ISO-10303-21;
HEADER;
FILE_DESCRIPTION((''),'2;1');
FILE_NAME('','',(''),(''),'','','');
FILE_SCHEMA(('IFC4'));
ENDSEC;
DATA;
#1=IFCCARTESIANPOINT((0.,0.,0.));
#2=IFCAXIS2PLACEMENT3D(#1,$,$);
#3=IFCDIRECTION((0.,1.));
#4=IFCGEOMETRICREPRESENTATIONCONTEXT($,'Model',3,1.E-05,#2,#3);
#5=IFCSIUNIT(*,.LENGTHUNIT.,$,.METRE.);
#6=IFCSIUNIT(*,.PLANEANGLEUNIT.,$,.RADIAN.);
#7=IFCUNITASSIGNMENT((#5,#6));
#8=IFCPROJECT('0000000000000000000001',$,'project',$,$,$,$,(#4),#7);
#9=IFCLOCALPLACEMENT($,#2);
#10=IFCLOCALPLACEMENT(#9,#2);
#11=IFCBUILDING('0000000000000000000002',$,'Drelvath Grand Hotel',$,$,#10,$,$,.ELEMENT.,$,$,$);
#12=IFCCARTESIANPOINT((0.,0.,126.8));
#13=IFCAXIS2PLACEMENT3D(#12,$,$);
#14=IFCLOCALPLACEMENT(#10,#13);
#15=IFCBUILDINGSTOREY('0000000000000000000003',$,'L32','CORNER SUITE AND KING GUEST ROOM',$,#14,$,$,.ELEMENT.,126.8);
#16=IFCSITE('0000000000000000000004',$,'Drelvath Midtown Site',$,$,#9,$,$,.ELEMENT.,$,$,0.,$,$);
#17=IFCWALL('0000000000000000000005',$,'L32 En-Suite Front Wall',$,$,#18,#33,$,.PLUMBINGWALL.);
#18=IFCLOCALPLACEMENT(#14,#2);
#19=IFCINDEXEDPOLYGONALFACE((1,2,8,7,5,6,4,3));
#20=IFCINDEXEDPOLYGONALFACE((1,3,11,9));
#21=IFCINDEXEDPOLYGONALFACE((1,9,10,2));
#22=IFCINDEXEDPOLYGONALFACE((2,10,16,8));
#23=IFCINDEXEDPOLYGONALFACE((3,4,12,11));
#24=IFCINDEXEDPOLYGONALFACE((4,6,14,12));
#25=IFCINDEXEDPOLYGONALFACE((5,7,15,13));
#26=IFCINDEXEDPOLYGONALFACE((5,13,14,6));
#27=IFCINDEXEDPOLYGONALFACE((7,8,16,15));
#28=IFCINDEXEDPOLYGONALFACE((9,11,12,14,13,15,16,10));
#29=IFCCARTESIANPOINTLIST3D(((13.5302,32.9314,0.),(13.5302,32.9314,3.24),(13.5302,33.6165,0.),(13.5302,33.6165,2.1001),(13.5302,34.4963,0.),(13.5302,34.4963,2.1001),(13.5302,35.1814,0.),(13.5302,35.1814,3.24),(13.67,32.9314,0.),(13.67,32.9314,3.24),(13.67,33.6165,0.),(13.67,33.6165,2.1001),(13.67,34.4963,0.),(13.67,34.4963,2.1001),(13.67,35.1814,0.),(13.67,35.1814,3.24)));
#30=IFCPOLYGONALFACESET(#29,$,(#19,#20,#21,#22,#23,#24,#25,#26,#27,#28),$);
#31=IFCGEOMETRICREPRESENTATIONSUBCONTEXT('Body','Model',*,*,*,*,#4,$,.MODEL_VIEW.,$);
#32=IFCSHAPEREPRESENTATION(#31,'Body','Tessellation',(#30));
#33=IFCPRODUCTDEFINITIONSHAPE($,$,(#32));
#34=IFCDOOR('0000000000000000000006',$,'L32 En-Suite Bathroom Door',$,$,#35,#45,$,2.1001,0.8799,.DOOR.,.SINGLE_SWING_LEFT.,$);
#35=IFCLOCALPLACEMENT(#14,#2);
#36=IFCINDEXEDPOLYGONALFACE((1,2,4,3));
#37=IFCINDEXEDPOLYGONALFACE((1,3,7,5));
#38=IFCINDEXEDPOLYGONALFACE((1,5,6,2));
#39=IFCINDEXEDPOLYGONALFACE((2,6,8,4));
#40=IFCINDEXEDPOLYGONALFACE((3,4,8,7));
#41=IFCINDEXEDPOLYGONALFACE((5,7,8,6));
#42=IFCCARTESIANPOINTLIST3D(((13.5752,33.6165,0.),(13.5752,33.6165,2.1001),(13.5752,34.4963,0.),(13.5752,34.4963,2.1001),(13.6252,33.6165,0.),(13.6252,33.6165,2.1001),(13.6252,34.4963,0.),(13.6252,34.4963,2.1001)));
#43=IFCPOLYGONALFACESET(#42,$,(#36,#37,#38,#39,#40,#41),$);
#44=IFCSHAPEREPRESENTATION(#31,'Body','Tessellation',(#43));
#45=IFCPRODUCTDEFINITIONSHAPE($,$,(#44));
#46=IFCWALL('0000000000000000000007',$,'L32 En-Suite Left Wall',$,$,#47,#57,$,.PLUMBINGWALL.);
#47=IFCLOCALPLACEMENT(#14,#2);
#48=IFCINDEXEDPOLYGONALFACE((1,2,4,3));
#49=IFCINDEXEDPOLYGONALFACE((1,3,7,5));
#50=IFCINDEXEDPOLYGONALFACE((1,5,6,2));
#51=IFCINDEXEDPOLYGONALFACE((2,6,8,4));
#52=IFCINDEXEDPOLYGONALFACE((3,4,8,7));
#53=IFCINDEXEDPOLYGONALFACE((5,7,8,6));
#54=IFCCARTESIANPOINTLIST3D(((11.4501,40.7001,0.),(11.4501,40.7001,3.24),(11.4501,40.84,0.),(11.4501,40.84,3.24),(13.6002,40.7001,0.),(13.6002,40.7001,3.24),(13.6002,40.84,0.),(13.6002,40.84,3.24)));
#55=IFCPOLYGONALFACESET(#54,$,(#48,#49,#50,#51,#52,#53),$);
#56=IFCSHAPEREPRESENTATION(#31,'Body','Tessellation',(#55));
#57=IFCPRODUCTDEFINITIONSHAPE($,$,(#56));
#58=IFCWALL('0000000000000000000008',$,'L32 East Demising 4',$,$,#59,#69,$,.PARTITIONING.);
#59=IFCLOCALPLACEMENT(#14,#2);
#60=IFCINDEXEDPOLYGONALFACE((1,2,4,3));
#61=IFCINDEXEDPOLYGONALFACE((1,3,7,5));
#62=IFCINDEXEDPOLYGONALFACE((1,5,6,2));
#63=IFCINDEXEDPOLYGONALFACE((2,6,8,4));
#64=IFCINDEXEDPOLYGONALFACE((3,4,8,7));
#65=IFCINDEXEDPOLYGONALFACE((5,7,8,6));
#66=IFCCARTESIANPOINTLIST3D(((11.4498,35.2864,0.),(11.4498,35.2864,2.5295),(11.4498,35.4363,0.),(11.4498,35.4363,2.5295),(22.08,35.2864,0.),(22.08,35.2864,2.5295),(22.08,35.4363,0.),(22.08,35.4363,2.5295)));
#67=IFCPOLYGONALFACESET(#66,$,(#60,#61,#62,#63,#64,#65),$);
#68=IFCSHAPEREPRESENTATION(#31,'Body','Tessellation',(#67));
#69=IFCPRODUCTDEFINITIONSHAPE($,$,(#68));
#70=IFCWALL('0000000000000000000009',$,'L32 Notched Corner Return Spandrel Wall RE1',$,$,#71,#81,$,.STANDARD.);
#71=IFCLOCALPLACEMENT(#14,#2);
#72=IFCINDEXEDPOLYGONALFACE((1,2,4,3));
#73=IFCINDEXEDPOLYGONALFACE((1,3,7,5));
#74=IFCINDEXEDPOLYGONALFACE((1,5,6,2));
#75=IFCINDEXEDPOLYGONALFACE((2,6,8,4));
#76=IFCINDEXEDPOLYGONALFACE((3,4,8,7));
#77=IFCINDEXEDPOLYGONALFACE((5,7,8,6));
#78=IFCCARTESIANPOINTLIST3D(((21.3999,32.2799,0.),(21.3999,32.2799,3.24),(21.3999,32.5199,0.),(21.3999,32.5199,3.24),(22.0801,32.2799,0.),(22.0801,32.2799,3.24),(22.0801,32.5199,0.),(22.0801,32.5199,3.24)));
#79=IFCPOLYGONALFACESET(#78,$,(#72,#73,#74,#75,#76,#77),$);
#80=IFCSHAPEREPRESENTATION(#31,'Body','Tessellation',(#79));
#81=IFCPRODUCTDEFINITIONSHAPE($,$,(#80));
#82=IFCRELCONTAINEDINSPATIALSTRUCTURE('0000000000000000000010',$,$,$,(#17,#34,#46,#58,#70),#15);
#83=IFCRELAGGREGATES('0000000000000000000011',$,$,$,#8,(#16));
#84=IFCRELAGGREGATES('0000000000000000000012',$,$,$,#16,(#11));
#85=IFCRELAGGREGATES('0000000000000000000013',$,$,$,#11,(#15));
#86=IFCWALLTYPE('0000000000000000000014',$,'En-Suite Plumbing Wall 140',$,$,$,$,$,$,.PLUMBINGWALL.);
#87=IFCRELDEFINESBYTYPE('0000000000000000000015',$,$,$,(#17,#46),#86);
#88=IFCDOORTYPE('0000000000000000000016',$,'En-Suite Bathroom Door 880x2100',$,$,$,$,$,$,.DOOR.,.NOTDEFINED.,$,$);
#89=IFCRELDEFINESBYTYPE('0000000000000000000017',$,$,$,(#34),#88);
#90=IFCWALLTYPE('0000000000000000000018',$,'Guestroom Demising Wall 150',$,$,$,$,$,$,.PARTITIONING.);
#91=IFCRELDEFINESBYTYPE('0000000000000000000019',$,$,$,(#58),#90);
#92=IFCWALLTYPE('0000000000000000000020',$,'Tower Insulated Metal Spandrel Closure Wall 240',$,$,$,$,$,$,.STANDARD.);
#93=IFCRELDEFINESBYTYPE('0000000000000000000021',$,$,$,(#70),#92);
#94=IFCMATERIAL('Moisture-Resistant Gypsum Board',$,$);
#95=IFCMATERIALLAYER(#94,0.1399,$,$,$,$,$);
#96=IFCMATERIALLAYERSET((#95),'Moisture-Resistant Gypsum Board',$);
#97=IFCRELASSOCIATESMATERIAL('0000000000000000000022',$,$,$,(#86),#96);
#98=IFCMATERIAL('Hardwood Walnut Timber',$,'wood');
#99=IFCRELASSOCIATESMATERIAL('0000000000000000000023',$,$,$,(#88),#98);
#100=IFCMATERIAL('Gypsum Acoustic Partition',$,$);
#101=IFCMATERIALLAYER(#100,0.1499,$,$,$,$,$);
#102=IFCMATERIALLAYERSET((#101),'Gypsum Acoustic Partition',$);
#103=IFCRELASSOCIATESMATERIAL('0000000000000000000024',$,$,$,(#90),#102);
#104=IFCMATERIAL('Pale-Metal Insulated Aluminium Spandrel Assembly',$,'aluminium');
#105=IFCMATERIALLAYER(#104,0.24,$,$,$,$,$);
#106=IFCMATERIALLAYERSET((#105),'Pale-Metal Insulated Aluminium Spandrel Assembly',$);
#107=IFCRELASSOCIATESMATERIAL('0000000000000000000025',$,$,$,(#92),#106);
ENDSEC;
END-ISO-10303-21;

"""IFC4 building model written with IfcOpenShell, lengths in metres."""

from ifc_helpers import new_model, si_unit, direction, frame, frame_2d, origin, place, context, subcontext, project, spatial, rectangle, extrude, material, layer, layer_set, type_object, element, fill, save


model = new_model("IFC4")

# Units and contexts
model_context = context("Model", 3, precision=1e-05, world=origin(), true_north=direction((0.0, 1.0)))
body_context = subcontext(model_context, "Body", "Model", "MODEL_VIEW")
ifc_project = project(units=[si_unit("LENGTHUNIT", "METRE"), si_unit("PLANEANGLEUNIT", "RADIAN")], contexts=[model_context])

# Site, building, storey
site_placement = place(None, origin())
site = spatial("IfcSite", under=ifc_project, at=site_placement, Name="Drelvath Midtown Site", CompositionType="ELEMENT", RefElevation=0.0)
building_placement = place(site_placement, origin())
building = spatial("IfcBuilding", under=site, at=building_placement, Name="Drelvath Grand Hotel", CompositionType="ELEMENT")
storey_placement = place(building_placement, frame((0.0, 0.0, 126.8)))
storey = spatial("IfcBuildingStorey", under=building, at=storey_placement, Name="L32", Description="CORNER SUITE AND KING GUEST ROOM", CompositionType="ELEMENT", Elevation=126.8)

# Wall, opening, door
ifc_material_1 = material(Name="Moisture-Resistant Gypsum Board")
ifc_layer_1 = layer(ifc_material_1, 0.1399)
ifc_layer_set_1 = layer_set([ifc_layer_1], Name="Moisture-Resistant Gypsum Board")
wall_type_1 = type_object("IfcWallType", Name="En-Suite Plumbing Wall 140", PredefinedType="PLUMBINGWALL", material=ifc_layer_set_1)
ifc_material_2 = material(Name="Hardwood Walnut Timber", Category="wood")
door_type = type_object("IfcDoorType", Name="En-Suite Bathroom Door 880x2100", OperationType="NOTDEFINED", PredefinedType="DOOR", material=ifc_material_2)
wall_1_placement = place(storey_placement, frame((13.6001, 32.9314, 0.0), z_axis=(0.0, 0.0, 1.0), x_axis=(0.0, 1.0, 0.0)))
wall_1 = element("IfcWall", 1, at=wall_1_placement, inside=storey, type_object=wall_type_1, Name="L32 En-Suite Front Wall", PredefinedType="PLUMBINGWALL", context=body_context, shape_type="SweptSolid", body=[
    extrude(rectangle(XDim=2.25, YDim=0.1399, at=frame_2d((1.125, 0.0))), origin(), (0.0, 0.0, 1.0), 3.24),
])
opening_1_placement = place(wall_1_placement, frame((0.6851, 0.0, 0.0)))
opening_1 = element("IfcOpeningElement", 2, at=opening_1_placement, cuts=wall_1, PredefinedType="OPENING", context=body_context, shape_type="SweptSolid", body=[
    extrude(rectangle(XDim=0.8799, YDim=2.1001, at=frame_2d((0.4399, 1.05))), frame((0.0, 0.0798, 0.0), z_axis=(0.0, -1.0, 0.0), x_axis=(1.0, 0.0, 0.0)), (0.0, 0.0, 1.0), 0.1599),
])
door_1_placement = place(opening_1_placement, origin())
door_1 = element("IfcDoor", 3, at=door_1_placement, inside=storey, type_object=door_type, Name="L32 En-Suite Bathroom Door", OperationType="SINGLE_SWING_LEFT", OverallHeight=2.1001, OverallWidth=0.8799, PredefinedType="DOOR", context=body_context, shape_type="SweptSolid", body=[
    extrude(rectangle(XDim=0.8799, YDim=2.1001, at=frame_2d((0.4399, 1.05))), frame((0.0, 0.0249, 0.0), z_axis=(0.0, -1.0, 0.0), x_axis=(1.0, 0.0, 0.0)), (0.0, 0.0, 1.0), 0.05),
])
fill(opening_1, door_1)

# Walls
wall_2_placement = place(storey_placement, frame((11.45, 40.77, 0.0), z_axis=(0.0, 0.0, 1.0), x_axis=(1.0, 0.0, 0.0)))
element("IfcWall", 4, at=wall_2_placement, inside=storey, type_object=wall_type_1, Name="L32 En-Suite Left Wall", PredefinedType="PLUMBINGWALL", context=body_context, shape_type="SweptSolid", body=[
    extrude(rectangle(XDim=2.1501, YDim=0.1399, at=frame_2d((1.0752, 0.0))), origin(), (0.0, 0.0, 1.0), 3.24),
])
ifc_material_3 = material(Name="Gypsum Acoustic Partition")
ifc_layer_2 = layer(ifc_material_3, 0.1499)
ifc_layer_set_2 = layer_set([ifc_layer_2], Name="Gypsum Acoustic Partition")
wall_type_2 = type_object("IfcWallType", Name="Guestroom Demising Wall 150", PredefinedType="PARTITIONING", material=ifc_layer_set_2)
wall_3_placement = place(storey_placement, frame((11.45, 35.3613, 0.0), z_axis=(0.0, 0.0, 1.0), x_axis=(1.0, 0.0, 0.0)))
element("IfcWall", 5, at=wall_3_placement, inside=storey, type_object=wall_type_2, Name="L32 East Demising 4", PredefinedType="PARTITIONING", context=body_context, shape_type="SweptSolid", body=[
    extrude(rectangle(XDim=10.6301, YDim=0.1499, at=frame_2d((5.3149, 0.0))), origin(), (0.0, 0.0, 1.0), 2.5295),
])
ifc_material_4 = material(Name="Pale-Metal Insulated Aluminium Spandrel Assembly", Category="aluminium")
ifc_layer_3 = layer(ifc_material_4, 0.24)
ifc_layer_set_3 = layer_set([ifc_layer_3], Name="Pale-Metal Insulated Aluminium Spandrel Assembly")
wall_type_3 = type_object("IfcWallType", Name="Tower Insulated Metal Spandrel Closure Wall 240", PredefinedType="STANDARD", material=ifc_layer_set_3)
wall_4_placement = place(storey_placement, frame((22.0801, 32.3999, 0.0), z_axis=(0.0, 0.0, 1.0), x_axis=(-1.0, 0.0, 0.0)))
element("IfcWall", 6, at=wall_4_placement, inside=storey, type_object=wall_type_3, Name="L32 Notched Corner Return Spandrel Wall RE1", PredefinedType="STANDARD", context=body_context, shape_type="SweptSolid", body=[
    extrude(rectangle(XDim=0.6802, YDim=0.24, at=frame_2d((0.3401, 0.0))), origin(), (0.0, 0.0, 1.0), 3.24),
])

save(model, "model.ifc")
